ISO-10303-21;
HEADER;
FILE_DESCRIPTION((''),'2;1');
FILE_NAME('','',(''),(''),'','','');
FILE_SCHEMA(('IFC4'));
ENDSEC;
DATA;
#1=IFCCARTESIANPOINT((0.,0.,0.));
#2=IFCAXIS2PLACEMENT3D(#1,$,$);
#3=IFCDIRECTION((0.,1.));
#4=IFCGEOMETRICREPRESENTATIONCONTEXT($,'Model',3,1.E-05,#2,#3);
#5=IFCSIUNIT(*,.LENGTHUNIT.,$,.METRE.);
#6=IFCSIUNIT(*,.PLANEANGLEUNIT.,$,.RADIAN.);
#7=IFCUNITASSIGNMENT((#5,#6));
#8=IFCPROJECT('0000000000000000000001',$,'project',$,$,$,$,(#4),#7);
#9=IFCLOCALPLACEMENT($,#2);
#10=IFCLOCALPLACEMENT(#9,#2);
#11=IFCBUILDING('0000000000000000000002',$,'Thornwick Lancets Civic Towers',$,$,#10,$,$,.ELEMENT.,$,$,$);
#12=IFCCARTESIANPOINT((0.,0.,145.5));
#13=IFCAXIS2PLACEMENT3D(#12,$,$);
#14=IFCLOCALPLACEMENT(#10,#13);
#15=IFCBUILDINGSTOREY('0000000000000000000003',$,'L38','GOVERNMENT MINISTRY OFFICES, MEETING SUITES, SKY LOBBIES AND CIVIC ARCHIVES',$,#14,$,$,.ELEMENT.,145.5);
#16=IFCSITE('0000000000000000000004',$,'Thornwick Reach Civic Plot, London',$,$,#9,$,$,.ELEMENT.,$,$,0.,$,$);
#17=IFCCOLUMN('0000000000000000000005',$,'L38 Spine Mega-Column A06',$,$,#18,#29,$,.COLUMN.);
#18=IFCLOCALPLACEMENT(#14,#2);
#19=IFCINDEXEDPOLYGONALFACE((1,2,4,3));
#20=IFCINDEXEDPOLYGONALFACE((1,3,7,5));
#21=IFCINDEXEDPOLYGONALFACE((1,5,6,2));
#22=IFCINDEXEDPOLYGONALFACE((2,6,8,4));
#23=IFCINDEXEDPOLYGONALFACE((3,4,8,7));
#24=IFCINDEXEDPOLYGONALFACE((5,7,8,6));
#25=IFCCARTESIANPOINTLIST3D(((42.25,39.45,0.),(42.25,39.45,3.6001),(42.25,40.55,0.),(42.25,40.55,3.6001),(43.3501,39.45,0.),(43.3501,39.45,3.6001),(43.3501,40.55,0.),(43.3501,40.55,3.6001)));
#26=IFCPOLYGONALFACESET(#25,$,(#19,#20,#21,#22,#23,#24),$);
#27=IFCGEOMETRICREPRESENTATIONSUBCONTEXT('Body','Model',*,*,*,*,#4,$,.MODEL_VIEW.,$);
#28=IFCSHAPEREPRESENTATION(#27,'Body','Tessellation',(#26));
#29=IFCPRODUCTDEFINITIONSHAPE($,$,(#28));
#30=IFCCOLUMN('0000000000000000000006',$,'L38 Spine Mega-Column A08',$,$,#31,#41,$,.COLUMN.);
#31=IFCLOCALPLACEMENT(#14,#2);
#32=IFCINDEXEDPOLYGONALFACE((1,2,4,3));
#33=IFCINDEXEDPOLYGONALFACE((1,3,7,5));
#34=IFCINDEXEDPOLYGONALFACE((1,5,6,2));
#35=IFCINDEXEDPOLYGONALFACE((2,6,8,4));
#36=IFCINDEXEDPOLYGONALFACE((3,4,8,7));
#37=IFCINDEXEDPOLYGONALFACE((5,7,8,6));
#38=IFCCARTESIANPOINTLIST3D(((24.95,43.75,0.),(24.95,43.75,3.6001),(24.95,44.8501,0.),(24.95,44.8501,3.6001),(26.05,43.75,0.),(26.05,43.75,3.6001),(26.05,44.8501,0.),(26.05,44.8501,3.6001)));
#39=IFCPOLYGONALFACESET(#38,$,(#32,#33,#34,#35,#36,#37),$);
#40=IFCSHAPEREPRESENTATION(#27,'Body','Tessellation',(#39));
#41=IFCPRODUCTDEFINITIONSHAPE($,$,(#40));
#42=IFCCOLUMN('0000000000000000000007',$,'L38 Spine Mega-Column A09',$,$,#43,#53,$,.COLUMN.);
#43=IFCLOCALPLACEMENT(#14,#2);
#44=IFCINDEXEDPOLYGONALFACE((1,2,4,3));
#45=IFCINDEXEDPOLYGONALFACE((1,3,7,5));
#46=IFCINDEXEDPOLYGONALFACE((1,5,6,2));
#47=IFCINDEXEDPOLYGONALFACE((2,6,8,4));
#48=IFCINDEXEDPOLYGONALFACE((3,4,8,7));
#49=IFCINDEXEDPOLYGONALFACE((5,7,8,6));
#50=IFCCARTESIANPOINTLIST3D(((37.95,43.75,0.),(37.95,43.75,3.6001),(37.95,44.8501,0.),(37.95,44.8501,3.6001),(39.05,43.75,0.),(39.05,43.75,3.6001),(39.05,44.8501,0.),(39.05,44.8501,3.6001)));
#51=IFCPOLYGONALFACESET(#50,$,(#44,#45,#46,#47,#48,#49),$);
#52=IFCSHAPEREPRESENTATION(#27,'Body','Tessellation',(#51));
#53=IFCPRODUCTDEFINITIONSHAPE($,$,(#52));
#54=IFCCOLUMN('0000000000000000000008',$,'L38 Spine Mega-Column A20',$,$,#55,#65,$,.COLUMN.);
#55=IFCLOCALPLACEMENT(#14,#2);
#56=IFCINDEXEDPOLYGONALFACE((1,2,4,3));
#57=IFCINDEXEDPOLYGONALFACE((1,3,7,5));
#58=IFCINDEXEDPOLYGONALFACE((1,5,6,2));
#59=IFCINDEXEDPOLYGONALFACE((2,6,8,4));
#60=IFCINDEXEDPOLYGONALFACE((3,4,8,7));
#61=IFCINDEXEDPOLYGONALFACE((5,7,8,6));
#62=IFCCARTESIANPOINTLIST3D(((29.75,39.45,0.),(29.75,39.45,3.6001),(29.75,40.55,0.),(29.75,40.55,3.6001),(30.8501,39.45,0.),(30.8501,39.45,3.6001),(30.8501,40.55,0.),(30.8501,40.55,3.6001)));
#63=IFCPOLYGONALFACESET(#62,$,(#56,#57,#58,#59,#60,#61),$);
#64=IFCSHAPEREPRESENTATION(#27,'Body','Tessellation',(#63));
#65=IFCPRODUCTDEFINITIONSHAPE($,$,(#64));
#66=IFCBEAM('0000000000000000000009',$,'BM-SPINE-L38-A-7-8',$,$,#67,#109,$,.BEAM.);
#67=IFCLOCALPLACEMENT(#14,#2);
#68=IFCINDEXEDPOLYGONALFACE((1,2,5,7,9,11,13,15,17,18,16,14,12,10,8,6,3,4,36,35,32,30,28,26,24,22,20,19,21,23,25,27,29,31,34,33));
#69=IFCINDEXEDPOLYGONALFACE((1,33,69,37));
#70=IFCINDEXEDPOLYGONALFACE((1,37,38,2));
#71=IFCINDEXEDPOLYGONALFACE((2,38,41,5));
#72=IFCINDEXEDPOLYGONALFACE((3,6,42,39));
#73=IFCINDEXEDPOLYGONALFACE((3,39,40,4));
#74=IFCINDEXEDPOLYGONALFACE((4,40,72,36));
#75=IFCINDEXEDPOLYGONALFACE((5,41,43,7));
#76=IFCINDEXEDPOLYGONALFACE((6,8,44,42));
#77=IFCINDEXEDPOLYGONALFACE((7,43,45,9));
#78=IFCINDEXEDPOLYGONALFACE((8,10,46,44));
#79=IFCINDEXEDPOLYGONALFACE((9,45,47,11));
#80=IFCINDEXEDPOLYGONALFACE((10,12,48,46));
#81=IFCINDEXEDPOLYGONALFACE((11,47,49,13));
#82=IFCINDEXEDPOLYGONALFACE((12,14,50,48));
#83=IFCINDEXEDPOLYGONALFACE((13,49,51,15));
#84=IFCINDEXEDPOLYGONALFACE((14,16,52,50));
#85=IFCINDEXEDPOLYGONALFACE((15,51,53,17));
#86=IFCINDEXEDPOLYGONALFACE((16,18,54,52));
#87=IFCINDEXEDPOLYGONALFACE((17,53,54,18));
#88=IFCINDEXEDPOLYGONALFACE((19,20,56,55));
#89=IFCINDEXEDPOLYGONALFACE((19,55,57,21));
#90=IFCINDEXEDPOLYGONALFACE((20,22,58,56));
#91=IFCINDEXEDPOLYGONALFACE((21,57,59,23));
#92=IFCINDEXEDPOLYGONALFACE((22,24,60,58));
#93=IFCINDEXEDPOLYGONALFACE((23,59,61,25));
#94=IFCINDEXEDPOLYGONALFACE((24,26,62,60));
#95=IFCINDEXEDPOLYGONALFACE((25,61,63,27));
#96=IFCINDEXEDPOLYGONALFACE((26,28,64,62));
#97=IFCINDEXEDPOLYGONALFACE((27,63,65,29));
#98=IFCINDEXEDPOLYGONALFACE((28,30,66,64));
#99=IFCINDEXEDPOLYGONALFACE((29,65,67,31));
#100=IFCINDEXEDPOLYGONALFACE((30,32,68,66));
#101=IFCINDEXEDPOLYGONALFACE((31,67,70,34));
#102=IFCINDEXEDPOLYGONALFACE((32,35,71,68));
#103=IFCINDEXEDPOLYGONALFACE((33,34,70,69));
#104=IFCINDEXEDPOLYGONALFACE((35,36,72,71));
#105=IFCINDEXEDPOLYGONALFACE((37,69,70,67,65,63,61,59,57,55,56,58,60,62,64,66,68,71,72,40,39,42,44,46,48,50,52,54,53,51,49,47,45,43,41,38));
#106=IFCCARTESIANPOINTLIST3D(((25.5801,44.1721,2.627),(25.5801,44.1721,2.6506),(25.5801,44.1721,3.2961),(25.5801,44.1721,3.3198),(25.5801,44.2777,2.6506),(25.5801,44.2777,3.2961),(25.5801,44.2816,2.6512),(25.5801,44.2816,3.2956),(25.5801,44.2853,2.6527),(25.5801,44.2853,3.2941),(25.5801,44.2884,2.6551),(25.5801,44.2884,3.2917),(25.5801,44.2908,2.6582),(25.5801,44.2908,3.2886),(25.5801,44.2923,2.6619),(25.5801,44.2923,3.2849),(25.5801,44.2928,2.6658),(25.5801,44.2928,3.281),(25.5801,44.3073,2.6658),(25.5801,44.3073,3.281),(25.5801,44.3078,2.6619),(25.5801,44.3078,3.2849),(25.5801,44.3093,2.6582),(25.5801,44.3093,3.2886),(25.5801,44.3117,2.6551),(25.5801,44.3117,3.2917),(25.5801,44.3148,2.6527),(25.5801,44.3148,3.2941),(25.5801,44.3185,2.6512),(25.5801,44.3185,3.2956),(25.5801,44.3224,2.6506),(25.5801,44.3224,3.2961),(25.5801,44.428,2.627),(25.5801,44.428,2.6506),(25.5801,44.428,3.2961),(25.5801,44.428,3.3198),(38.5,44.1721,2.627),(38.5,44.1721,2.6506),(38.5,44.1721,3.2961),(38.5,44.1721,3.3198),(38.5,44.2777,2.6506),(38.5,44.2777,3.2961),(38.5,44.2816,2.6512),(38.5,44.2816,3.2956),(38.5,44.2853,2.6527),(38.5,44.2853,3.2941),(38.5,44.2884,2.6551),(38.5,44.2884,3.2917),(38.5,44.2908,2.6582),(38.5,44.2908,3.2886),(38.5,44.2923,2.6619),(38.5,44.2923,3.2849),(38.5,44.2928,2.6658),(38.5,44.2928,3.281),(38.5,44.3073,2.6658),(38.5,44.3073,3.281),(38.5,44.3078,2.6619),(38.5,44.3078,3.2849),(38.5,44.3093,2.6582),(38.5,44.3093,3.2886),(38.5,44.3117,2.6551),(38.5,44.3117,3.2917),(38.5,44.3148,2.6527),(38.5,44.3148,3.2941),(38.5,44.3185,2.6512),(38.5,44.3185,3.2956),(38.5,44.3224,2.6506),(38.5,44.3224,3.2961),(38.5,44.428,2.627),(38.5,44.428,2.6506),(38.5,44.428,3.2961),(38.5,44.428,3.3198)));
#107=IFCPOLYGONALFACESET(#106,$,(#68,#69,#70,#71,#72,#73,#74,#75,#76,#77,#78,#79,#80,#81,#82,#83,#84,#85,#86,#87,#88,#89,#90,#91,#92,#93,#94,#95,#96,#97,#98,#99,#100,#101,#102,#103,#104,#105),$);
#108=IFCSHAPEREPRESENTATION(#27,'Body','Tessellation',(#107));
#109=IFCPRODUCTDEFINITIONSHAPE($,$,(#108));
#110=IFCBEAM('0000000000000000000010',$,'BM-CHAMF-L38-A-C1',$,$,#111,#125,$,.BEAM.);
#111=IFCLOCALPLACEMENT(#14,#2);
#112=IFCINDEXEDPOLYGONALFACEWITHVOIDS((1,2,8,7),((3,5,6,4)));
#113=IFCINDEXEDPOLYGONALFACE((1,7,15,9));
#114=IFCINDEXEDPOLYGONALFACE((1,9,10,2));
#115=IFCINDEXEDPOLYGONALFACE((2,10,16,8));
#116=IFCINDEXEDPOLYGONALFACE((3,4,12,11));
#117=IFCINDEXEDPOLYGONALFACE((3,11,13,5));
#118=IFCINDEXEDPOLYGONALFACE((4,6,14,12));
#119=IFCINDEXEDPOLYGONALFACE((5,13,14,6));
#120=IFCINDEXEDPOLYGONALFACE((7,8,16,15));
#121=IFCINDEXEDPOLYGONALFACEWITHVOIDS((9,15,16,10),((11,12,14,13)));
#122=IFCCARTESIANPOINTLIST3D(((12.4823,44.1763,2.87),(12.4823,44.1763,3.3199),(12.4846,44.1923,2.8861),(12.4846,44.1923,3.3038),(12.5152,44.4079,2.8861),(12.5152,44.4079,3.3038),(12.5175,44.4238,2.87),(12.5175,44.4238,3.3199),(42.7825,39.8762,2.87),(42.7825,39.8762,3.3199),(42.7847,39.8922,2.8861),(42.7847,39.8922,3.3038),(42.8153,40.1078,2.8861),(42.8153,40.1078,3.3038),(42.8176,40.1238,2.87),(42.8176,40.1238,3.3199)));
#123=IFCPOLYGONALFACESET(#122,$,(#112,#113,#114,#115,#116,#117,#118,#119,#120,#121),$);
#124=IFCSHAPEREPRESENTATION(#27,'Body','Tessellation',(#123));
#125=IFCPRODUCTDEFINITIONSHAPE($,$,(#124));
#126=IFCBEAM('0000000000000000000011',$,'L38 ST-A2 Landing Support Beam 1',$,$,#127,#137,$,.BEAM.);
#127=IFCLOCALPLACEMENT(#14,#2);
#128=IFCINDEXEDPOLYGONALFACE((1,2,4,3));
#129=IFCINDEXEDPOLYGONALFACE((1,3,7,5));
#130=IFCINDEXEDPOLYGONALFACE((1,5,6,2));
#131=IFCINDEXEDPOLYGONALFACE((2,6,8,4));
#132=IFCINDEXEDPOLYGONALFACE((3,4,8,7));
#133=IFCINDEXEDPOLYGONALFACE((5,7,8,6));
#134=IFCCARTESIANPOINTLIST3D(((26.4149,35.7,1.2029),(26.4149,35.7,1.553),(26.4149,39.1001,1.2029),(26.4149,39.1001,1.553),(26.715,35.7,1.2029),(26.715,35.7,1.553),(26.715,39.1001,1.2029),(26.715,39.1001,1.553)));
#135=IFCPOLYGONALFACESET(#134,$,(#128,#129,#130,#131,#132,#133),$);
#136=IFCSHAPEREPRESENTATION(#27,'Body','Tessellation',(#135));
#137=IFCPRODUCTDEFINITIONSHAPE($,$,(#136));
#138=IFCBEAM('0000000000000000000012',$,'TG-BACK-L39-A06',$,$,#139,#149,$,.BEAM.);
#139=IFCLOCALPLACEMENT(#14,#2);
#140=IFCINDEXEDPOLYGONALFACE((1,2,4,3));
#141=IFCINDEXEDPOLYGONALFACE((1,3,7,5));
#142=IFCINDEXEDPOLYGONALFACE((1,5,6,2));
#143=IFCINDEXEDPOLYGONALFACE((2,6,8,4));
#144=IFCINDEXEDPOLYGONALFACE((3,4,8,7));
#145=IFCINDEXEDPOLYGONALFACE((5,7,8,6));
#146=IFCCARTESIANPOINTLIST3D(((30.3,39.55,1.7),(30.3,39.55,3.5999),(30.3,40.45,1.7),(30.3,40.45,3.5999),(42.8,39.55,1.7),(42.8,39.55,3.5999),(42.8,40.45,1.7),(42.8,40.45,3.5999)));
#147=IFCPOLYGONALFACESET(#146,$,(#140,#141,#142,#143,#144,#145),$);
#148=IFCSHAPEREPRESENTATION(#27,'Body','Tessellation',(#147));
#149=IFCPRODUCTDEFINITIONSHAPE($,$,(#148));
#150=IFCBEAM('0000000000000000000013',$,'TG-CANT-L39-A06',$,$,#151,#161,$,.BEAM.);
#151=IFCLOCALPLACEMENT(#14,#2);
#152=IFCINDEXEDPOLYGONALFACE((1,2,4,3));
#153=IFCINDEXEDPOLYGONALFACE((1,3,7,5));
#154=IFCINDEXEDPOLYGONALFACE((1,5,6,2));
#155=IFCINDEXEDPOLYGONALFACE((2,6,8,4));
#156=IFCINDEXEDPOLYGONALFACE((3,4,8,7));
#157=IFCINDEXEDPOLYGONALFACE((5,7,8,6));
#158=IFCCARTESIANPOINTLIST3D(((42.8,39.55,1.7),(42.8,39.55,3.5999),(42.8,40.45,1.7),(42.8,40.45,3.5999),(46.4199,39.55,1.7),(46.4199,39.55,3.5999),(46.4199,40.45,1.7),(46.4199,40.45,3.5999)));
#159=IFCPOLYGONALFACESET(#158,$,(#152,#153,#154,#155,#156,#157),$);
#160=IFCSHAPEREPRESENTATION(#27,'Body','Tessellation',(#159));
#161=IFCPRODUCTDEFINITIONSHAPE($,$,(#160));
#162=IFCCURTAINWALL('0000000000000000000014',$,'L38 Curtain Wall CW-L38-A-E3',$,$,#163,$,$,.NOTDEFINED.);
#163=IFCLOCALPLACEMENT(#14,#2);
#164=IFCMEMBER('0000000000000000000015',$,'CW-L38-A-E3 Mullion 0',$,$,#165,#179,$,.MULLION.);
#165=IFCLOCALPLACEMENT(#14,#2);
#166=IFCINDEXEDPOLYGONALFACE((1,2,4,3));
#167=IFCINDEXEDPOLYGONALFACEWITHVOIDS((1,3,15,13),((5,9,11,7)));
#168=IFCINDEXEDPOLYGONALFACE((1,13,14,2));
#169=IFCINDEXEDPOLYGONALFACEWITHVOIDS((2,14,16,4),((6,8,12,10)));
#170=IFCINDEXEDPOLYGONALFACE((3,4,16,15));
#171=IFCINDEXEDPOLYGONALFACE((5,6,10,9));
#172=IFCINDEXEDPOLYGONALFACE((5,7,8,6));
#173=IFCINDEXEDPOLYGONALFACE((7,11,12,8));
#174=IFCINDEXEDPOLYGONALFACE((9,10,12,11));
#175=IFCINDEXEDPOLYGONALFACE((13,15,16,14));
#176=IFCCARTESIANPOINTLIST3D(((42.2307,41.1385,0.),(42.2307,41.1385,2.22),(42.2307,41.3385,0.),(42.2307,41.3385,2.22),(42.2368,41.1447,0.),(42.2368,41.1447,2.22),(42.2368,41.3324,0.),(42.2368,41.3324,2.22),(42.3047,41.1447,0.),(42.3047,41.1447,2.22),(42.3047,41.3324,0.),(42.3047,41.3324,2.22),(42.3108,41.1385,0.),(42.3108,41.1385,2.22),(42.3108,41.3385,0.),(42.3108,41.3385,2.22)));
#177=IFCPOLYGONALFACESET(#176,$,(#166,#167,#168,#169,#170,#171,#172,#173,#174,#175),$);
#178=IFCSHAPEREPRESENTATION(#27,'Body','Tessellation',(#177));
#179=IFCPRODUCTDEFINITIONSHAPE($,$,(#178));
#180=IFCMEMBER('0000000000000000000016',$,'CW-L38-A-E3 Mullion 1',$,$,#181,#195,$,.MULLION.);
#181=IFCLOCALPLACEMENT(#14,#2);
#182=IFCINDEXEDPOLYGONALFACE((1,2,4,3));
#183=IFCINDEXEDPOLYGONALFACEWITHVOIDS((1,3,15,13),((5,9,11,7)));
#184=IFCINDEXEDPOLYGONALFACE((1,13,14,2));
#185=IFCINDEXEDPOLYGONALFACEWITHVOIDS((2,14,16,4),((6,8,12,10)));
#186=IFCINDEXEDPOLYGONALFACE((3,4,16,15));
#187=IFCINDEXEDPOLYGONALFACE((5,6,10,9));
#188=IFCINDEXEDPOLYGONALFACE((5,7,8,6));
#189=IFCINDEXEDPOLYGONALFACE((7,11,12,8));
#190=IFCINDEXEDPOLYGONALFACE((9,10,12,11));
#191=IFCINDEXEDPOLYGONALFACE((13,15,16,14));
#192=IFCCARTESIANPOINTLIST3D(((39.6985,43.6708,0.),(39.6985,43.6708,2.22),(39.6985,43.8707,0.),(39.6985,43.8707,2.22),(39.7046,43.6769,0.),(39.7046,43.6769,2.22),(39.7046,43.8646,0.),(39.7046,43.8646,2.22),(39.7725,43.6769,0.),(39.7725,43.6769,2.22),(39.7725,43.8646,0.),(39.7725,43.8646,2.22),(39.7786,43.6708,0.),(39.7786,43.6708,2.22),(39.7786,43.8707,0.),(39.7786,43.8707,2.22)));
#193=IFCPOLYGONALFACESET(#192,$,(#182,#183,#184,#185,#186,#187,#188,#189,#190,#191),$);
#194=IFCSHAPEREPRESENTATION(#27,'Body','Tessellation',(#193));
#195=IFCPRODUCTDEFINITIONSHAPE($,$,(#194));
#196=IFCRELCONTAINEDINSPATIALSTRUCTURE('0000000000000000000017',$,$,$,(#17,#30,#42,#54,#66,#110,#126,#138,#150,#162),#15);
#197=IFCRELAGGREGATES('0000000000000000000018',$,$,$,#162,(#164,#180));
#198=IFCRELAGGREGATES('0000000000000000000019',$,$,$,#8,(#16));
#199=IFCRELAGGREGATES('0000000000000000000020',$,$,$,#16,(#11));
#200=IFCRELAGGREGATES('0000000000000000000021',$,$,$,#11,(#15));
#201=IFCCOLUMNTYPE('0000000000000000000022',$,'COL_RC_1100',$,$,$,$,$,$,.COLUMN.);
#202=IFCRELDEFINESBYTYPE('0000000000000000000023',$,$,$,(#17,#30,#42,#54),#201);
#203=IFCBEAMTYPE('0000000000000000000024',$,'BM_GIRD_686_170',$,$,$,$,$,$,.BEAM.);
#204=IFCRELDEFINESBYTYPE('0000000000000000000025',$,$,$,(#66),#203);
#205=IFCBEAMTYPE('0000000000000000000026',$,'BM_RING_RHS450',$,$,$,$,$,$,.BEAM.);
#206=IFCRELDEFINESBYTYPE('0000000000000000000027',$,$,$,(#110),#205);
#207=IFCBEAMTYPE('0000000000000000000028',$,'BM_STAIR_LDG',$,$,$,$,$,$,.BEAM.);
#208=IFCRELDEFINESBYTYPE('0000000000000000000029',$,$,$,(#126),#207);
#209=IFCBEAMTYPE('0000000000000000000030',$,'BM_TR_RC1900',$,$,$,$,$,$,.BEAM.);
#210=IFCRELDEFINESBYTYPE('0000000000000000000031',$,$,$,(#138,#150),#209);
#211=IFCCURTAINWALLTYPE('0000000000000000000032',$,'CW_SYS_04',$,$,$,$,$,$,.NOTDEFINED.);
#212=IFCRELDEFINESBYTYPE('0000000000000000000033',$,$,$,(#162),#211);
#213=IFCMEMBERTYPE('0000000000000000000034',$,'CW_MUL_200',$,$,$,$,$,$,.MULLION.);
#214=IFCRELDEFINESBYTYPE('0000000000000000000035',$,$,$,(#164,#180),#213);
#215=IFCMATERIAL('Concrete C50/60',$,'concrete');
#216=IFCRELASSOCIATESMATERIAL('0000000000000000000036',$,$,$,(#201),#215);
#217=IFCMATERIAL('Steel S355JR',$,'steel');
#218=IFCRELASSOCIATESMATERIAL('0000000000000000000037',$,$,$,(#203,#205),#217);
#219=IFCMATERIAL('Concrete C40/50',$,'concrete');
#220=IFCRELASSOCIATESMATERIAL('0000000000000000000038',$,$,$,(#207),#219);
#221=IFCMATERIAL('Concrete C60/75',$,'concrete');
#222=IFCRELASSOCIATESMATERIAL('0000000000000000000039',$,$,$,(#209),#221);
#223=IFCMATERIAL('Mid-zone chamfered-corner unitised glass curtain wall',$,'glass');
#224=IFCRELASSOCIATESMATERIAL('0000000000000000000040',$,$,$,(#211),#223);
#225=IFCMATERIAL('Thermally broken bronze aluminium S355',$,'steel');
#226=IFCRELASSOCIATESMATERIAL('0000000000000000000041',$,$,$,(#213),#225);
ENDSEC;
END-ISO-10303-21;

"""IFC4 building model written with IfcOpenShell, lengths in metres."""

from ifc_helpers import new_model, si_unit, direction, frame, origin, origin_2d, place, context, subcontext, project, spatial, rectangle, hollow_rectangle, i_section, extrude, material, material_profile, profile_set, type_object, element, aggregate, save


model = new_model("IFC4")

# Units and contexts
model_context = context("Model", 3, precision=1e-05, world=origin(), true_north=direction((0.0, 1.0)))
body_context = subcontext(model_context, "Body", "Model", "MODEL_VIEW")
ifc_project = project(units=[si_unit("LENGTHUNIT", "METRE"), si_unit("PLANEANGLEUNIT", "RADIAN")], contexts=[model_context])

# Site, building, storey
site_placement = place(None, origin())
site = spatial("IfcSite", under=ifc_project, at=site_placement, Name="Thornwick Reach Civic Plot, London", CompositionType="ELEMENT", RefElevation=0.0)
building_placement = place(site_placement, origin())
building = spatial("IfcBuilding", under=site, at=building_placement, Name="Thornwick Lancets Civic Towers", CompositionType="ELEMENT")
storey_placement = place(building_placement, frame((0.0, 0.0, 145.5)))
storey = spatial("IfcBuildingStorey", under=building, at=storey_placement, Name="L38", Description="GOVERNMENT MINISTRY OFFICES, MEETING SUITES, SKY LOBBIES AND CIVIC ARCHIVES", CompositionType="ELEMENT", Elevation=145.5)

# Columns
ifc_material_1 = material(Name="Concrete C50/60", Category="concrete")
ifc_material_profile_1 = material_profile(ifc_material_1, rectangle(XDim=1.1001, YDim=1.1001, at=origin_2d()), Name="RC 1100x1100")
ifc_profile_set_1 = profile_set([ifc_material_profile_1], Name="Concrete C50/60")
column_type = type_object("IfcColumnType", Name="COL_RC_1100", PredefinedType="COLUMN", material=ifc_profile_set_1)
for number, where, z_axis, x_axis, name in (
    (1, (42.8, 40.0, 0.0), (0.0, 0.0, 1.0), (1.0, 0.0, 0.0), "L38 Spine Mega-Column A06"),
    (2, (25.5, 44.3, 0.0), (0.0, 0.0, 1.0), (1.0, 0.0, 0.0), "L38 Spine Mega-Column A08"),
    (3, (38.5, 44.3, 0.0), (0.0, 0.0, 1.0), (1.0, 0.0, 0.0), "L38 Spine Mega-Column A09"),
    (4, (30.3, 40.0, 0.0), (0.0, 0.0, 1.0), (1.0, 0.0, 0.0), "L38 Spine Mega-Column A20"),
):
    element("IfcColumn", number, at=place(storey_placement, frame(where, z_axis=z_axis, x_axis=x_axis)), inside=storey, type_object=column_type, Name=name, PredefinedType="COLUMN", context=body_context, shape_type="SweptSolid", body=[
        extrude(rectangle(XDim=1.1001, YDim=1.1001, at=origin_2d()), origin(), (0.0, 0.0, 1.0), 3.6001),
    ])

# Beams
ifc_material_2 = material(Name="Steel S355JR", Category="steel")
ifc_material_profile_2 = material_profile(ifc_material_2, i_section(OverallWidth=0.2559, OverallDepth=0.6929, WebThickness=0.0144, FlangeThickness=0.0237, FilletRadius=0.0151, at=origin_2d()), Name="UKB 686x254x170")
ifc_profile_set_2 = profile_set([ifc_material_profile_2], Name="Steel S355JR")
beam_type_1 = type_object("IfcBeamType", Name="BM_GIRD_686_170", PredefinedType="BEAM", material=ifc_profile_set_2)
beam_1_placement = place(storey_placement, frame((25.5801, 44.3, 2.9734), z_axis=(1.0, 0.0, 0.0), x_axis=(0.0, 1.0, 0.0)))
element("IfcBeam", 5, at=beam_1_placement, inside=storey, type_object=beam_type_1, Name="BM-SPINE-L38-A-7-8", PredefinedType="BEAM", context=body_context, shape_type="SweptSolid", body=[
    extrude(i_section(OverallWidth=0.2559, OverallDepth=0.6929, WebThickness=0.0144, FlangeThickness=0.0237, FilletRadius=0.0151, at=origin_2d()), origin(), (0.0, 0.0, 1.0), 12.9199),
])
ifc_material_profile_3 = material_profile(ifc_material_2, hollow_rectangle(XDim=0.25, YDim=0.45, WallThickness=0.0161, at=origin_2d()), Name="RHS 450x250x16")
ifc_profile_set_3 = profile_set([ifc_material_profile_3], Name="Steel S355JR")
beam_type_2 = type_object("IfcBeamType", Name="BM_RING_RHS450", PredefinedType="BEAM", material=ifc_profile_set_3)
beam_2_placement = place(storey_placement, frame((42.8, 40.0, 3.095), z_axis=(-0.99008, 0.140508, 0.0), x_axis=(-0.140508, -0.99008, 0.0)))
element("IfcBeam", 6, at=beam_2_placement, inside=storey, type_object=beam_type_2, Name="BM-CHAMF-L38-A-C1", PredefinedType="BEAM", context=body_context, shape_type="SweptSolid", body=[
    extrude(hollow_rectangle(XDim=0.25, YDim=0.45, WallThickness=0.0161, at=origin_2d()), origin(), (0.0, 0.0, 1.0), 30.6038),
])
ifc_material_3 = material(Name="Concrete C40/50", Category="concrete")
ifc_material_profile_4 = material_profile(ifc_material_3, rectangle(XDim=0.3, YDim=0.3501, at=origin_2d()), Name="RC 300x350")
ifc_profile_set_4 = profile_set([ifc_material_profile_4], Name="Concrete C40/50")
beam_type_3 = type_object("IfcBeamType", Name="BM_STAIR_LDG", PredefinedType="BEAM", material=ifc_profile_set_4)
beam_3_placement = place(storey_placement, frame((26.5649, 39.1001, 1.3779), z_axis=(0.0, -1.0, 0.0), x_axis=(1.0, 0.0, 0.0)))
element("IfcBeam", 7, at=beam_3_placement, inside=storey, type_object=beam_type_3, Name="L38 ST-A2 Landing Support Beam 1", PredefinedType="BEAM", context=body_context, shape_type="SweptSolid", body=[
    extrude(rectangle(XDim=0.3, YDim=0.3501, at=origin_2d()), origin(), (0.0, 0.0, 1.0), 3.4001),
])
ifc_material_4 = material(Name="Concrete C60/75", Category="concrete")
ifc_material_profile_5 = material_profile(ifc_material_4, rectangle(XDim=0.8999, YDim=1.8999, at=origin_2d()), Name="RC 900x1900")
ifc_profile_set_5 = profile_set([ifc_material_profile_5], Name="Concrete C60/75")
beam_type_4 = type_object("IfcBeamType", Name="BM_TR_RC1900", PredefinedType="BEAM", material=ifc_profile_set_5)
beam_4_placement = place(storey_placement, frame((30.3, 40.0, 2.6499), z_axis=(1.0, 0.0, 0.0), x_axis=(0.0, 1.0, 0.0)))
element("IfcBeam", 8, at=beam_4_placement, inside=storey, type_object=beam_type_4, Name="TG-BACK-L39-A06", PredefinedType="BEAM", context=body_context, shape_type="SweptSolid", body=[
    extrude(rectangle(XDim=0.8999, YDim=1.8999, at=origin_2d()), origin(), (0.0, 0.0, 1.0), 12.5),
])
beam_5_placement = place(storey_placement, frame((42.8, 40.0, 2.6499), z_axis=(1.0, 0.0, 0.0), x_axis=(0.0, 1.0, 0.0)))
element("IfcBeam", 9, at=beam_5_placement, inside=storey, type_object=beam_type_4, Name="TG-CANT-L39-A06", PredefinedType="BEAM", context=body_context, shape_type="SweptSolid", body=[
    extrude(rectangle(XDim=0.8999, YDim=1.8999, at=origin_2d()), origin(), (0.0, 0.0, 1.0), 3.6199),
])

# Curtain wall, members
ifc_material_5 = material(Name="Mid-zone chamfered-corner unitised glass curtain wall", Category="glass")
curtain_wall_type = type_object("IfcCurtainWallType", Name="CW_SYS_04", PredefinedType="NOTDEFINED", material=ifc_material_5)
curtain_wall_placement = place(storey_placement, origin())
curtain_wall = element("IfcCurtainWall", 10, at=curtain_wall_placement, inside=storey, type_object=curtain_wall_type, Name="L38 Curtain Wall CW-L38-A-E3", PredefinedType="NOTDEFINED")
ifc_material_6 = material(Name="Thermally broken bronze aluminium S355", Category="steel")
ifc_material_profile_6 = material_profile(ifc_material_6, hollow_rectangle(XDim=0.0801, YDim=0.2, WallThickness=0.0061, at=origin_2d()), Name="RHS 200x80x6")
ifc_profile_set_6 = profile_set([ifc_material_profile_6], Name="Thermally broken bronze aluminium S355")
member_type_1 = type_object("IfcMemberType", Name="CW_MUL_200", PredefinedType="MULLION", material=ifc_profile_set_6)
member_1_placement = place(storey_placement, frame((42.2708, 41.2385, 0.0), z_axis=(0.0, 0.0, 1.0), x_axis=(1.0, 0.0, 0.0)))
member_1 = element("IfcMember", 11, at=member_1_placement, type_object=member_type_1, Name="CW-L38-A-E3 Mullion 0", PredefinedType="MULLION", context=body_context, shape_type="SweptSolid", body=[
    extrude(hollow_rectangle(XDim=0.0801, YDim=0.2, WallThickness=0.0061, at=origin_2d()), origin(), (0.0, 0.0, 1.0), 2.22),
])
member_2_placement = place(storey_placement, frame((39.7385, 43.7708, 0.0), z_axis=(0.0, 0.0, 1.0), x_axis=(1.0, 0.0, 0.0)))
member_2 = element("IfcMember", 12, at=member_2_placement, type_object=member_type_1, Name="CW-L38-A-E3 Mullion 1", PredefinedType="MULLION", context=body_context, shape_type="SweptSolid", body=[
    extrude(hollow_rectangle(XDim=0.0801, YDim=0.2, WallThickness=0.0061, at=origin_2d()), origin(), (0.0, 0.0, 1.0), 2.22),
])

aggregate(curtain_wall, [member_1, member_2])

save(model, "model.ifc")
